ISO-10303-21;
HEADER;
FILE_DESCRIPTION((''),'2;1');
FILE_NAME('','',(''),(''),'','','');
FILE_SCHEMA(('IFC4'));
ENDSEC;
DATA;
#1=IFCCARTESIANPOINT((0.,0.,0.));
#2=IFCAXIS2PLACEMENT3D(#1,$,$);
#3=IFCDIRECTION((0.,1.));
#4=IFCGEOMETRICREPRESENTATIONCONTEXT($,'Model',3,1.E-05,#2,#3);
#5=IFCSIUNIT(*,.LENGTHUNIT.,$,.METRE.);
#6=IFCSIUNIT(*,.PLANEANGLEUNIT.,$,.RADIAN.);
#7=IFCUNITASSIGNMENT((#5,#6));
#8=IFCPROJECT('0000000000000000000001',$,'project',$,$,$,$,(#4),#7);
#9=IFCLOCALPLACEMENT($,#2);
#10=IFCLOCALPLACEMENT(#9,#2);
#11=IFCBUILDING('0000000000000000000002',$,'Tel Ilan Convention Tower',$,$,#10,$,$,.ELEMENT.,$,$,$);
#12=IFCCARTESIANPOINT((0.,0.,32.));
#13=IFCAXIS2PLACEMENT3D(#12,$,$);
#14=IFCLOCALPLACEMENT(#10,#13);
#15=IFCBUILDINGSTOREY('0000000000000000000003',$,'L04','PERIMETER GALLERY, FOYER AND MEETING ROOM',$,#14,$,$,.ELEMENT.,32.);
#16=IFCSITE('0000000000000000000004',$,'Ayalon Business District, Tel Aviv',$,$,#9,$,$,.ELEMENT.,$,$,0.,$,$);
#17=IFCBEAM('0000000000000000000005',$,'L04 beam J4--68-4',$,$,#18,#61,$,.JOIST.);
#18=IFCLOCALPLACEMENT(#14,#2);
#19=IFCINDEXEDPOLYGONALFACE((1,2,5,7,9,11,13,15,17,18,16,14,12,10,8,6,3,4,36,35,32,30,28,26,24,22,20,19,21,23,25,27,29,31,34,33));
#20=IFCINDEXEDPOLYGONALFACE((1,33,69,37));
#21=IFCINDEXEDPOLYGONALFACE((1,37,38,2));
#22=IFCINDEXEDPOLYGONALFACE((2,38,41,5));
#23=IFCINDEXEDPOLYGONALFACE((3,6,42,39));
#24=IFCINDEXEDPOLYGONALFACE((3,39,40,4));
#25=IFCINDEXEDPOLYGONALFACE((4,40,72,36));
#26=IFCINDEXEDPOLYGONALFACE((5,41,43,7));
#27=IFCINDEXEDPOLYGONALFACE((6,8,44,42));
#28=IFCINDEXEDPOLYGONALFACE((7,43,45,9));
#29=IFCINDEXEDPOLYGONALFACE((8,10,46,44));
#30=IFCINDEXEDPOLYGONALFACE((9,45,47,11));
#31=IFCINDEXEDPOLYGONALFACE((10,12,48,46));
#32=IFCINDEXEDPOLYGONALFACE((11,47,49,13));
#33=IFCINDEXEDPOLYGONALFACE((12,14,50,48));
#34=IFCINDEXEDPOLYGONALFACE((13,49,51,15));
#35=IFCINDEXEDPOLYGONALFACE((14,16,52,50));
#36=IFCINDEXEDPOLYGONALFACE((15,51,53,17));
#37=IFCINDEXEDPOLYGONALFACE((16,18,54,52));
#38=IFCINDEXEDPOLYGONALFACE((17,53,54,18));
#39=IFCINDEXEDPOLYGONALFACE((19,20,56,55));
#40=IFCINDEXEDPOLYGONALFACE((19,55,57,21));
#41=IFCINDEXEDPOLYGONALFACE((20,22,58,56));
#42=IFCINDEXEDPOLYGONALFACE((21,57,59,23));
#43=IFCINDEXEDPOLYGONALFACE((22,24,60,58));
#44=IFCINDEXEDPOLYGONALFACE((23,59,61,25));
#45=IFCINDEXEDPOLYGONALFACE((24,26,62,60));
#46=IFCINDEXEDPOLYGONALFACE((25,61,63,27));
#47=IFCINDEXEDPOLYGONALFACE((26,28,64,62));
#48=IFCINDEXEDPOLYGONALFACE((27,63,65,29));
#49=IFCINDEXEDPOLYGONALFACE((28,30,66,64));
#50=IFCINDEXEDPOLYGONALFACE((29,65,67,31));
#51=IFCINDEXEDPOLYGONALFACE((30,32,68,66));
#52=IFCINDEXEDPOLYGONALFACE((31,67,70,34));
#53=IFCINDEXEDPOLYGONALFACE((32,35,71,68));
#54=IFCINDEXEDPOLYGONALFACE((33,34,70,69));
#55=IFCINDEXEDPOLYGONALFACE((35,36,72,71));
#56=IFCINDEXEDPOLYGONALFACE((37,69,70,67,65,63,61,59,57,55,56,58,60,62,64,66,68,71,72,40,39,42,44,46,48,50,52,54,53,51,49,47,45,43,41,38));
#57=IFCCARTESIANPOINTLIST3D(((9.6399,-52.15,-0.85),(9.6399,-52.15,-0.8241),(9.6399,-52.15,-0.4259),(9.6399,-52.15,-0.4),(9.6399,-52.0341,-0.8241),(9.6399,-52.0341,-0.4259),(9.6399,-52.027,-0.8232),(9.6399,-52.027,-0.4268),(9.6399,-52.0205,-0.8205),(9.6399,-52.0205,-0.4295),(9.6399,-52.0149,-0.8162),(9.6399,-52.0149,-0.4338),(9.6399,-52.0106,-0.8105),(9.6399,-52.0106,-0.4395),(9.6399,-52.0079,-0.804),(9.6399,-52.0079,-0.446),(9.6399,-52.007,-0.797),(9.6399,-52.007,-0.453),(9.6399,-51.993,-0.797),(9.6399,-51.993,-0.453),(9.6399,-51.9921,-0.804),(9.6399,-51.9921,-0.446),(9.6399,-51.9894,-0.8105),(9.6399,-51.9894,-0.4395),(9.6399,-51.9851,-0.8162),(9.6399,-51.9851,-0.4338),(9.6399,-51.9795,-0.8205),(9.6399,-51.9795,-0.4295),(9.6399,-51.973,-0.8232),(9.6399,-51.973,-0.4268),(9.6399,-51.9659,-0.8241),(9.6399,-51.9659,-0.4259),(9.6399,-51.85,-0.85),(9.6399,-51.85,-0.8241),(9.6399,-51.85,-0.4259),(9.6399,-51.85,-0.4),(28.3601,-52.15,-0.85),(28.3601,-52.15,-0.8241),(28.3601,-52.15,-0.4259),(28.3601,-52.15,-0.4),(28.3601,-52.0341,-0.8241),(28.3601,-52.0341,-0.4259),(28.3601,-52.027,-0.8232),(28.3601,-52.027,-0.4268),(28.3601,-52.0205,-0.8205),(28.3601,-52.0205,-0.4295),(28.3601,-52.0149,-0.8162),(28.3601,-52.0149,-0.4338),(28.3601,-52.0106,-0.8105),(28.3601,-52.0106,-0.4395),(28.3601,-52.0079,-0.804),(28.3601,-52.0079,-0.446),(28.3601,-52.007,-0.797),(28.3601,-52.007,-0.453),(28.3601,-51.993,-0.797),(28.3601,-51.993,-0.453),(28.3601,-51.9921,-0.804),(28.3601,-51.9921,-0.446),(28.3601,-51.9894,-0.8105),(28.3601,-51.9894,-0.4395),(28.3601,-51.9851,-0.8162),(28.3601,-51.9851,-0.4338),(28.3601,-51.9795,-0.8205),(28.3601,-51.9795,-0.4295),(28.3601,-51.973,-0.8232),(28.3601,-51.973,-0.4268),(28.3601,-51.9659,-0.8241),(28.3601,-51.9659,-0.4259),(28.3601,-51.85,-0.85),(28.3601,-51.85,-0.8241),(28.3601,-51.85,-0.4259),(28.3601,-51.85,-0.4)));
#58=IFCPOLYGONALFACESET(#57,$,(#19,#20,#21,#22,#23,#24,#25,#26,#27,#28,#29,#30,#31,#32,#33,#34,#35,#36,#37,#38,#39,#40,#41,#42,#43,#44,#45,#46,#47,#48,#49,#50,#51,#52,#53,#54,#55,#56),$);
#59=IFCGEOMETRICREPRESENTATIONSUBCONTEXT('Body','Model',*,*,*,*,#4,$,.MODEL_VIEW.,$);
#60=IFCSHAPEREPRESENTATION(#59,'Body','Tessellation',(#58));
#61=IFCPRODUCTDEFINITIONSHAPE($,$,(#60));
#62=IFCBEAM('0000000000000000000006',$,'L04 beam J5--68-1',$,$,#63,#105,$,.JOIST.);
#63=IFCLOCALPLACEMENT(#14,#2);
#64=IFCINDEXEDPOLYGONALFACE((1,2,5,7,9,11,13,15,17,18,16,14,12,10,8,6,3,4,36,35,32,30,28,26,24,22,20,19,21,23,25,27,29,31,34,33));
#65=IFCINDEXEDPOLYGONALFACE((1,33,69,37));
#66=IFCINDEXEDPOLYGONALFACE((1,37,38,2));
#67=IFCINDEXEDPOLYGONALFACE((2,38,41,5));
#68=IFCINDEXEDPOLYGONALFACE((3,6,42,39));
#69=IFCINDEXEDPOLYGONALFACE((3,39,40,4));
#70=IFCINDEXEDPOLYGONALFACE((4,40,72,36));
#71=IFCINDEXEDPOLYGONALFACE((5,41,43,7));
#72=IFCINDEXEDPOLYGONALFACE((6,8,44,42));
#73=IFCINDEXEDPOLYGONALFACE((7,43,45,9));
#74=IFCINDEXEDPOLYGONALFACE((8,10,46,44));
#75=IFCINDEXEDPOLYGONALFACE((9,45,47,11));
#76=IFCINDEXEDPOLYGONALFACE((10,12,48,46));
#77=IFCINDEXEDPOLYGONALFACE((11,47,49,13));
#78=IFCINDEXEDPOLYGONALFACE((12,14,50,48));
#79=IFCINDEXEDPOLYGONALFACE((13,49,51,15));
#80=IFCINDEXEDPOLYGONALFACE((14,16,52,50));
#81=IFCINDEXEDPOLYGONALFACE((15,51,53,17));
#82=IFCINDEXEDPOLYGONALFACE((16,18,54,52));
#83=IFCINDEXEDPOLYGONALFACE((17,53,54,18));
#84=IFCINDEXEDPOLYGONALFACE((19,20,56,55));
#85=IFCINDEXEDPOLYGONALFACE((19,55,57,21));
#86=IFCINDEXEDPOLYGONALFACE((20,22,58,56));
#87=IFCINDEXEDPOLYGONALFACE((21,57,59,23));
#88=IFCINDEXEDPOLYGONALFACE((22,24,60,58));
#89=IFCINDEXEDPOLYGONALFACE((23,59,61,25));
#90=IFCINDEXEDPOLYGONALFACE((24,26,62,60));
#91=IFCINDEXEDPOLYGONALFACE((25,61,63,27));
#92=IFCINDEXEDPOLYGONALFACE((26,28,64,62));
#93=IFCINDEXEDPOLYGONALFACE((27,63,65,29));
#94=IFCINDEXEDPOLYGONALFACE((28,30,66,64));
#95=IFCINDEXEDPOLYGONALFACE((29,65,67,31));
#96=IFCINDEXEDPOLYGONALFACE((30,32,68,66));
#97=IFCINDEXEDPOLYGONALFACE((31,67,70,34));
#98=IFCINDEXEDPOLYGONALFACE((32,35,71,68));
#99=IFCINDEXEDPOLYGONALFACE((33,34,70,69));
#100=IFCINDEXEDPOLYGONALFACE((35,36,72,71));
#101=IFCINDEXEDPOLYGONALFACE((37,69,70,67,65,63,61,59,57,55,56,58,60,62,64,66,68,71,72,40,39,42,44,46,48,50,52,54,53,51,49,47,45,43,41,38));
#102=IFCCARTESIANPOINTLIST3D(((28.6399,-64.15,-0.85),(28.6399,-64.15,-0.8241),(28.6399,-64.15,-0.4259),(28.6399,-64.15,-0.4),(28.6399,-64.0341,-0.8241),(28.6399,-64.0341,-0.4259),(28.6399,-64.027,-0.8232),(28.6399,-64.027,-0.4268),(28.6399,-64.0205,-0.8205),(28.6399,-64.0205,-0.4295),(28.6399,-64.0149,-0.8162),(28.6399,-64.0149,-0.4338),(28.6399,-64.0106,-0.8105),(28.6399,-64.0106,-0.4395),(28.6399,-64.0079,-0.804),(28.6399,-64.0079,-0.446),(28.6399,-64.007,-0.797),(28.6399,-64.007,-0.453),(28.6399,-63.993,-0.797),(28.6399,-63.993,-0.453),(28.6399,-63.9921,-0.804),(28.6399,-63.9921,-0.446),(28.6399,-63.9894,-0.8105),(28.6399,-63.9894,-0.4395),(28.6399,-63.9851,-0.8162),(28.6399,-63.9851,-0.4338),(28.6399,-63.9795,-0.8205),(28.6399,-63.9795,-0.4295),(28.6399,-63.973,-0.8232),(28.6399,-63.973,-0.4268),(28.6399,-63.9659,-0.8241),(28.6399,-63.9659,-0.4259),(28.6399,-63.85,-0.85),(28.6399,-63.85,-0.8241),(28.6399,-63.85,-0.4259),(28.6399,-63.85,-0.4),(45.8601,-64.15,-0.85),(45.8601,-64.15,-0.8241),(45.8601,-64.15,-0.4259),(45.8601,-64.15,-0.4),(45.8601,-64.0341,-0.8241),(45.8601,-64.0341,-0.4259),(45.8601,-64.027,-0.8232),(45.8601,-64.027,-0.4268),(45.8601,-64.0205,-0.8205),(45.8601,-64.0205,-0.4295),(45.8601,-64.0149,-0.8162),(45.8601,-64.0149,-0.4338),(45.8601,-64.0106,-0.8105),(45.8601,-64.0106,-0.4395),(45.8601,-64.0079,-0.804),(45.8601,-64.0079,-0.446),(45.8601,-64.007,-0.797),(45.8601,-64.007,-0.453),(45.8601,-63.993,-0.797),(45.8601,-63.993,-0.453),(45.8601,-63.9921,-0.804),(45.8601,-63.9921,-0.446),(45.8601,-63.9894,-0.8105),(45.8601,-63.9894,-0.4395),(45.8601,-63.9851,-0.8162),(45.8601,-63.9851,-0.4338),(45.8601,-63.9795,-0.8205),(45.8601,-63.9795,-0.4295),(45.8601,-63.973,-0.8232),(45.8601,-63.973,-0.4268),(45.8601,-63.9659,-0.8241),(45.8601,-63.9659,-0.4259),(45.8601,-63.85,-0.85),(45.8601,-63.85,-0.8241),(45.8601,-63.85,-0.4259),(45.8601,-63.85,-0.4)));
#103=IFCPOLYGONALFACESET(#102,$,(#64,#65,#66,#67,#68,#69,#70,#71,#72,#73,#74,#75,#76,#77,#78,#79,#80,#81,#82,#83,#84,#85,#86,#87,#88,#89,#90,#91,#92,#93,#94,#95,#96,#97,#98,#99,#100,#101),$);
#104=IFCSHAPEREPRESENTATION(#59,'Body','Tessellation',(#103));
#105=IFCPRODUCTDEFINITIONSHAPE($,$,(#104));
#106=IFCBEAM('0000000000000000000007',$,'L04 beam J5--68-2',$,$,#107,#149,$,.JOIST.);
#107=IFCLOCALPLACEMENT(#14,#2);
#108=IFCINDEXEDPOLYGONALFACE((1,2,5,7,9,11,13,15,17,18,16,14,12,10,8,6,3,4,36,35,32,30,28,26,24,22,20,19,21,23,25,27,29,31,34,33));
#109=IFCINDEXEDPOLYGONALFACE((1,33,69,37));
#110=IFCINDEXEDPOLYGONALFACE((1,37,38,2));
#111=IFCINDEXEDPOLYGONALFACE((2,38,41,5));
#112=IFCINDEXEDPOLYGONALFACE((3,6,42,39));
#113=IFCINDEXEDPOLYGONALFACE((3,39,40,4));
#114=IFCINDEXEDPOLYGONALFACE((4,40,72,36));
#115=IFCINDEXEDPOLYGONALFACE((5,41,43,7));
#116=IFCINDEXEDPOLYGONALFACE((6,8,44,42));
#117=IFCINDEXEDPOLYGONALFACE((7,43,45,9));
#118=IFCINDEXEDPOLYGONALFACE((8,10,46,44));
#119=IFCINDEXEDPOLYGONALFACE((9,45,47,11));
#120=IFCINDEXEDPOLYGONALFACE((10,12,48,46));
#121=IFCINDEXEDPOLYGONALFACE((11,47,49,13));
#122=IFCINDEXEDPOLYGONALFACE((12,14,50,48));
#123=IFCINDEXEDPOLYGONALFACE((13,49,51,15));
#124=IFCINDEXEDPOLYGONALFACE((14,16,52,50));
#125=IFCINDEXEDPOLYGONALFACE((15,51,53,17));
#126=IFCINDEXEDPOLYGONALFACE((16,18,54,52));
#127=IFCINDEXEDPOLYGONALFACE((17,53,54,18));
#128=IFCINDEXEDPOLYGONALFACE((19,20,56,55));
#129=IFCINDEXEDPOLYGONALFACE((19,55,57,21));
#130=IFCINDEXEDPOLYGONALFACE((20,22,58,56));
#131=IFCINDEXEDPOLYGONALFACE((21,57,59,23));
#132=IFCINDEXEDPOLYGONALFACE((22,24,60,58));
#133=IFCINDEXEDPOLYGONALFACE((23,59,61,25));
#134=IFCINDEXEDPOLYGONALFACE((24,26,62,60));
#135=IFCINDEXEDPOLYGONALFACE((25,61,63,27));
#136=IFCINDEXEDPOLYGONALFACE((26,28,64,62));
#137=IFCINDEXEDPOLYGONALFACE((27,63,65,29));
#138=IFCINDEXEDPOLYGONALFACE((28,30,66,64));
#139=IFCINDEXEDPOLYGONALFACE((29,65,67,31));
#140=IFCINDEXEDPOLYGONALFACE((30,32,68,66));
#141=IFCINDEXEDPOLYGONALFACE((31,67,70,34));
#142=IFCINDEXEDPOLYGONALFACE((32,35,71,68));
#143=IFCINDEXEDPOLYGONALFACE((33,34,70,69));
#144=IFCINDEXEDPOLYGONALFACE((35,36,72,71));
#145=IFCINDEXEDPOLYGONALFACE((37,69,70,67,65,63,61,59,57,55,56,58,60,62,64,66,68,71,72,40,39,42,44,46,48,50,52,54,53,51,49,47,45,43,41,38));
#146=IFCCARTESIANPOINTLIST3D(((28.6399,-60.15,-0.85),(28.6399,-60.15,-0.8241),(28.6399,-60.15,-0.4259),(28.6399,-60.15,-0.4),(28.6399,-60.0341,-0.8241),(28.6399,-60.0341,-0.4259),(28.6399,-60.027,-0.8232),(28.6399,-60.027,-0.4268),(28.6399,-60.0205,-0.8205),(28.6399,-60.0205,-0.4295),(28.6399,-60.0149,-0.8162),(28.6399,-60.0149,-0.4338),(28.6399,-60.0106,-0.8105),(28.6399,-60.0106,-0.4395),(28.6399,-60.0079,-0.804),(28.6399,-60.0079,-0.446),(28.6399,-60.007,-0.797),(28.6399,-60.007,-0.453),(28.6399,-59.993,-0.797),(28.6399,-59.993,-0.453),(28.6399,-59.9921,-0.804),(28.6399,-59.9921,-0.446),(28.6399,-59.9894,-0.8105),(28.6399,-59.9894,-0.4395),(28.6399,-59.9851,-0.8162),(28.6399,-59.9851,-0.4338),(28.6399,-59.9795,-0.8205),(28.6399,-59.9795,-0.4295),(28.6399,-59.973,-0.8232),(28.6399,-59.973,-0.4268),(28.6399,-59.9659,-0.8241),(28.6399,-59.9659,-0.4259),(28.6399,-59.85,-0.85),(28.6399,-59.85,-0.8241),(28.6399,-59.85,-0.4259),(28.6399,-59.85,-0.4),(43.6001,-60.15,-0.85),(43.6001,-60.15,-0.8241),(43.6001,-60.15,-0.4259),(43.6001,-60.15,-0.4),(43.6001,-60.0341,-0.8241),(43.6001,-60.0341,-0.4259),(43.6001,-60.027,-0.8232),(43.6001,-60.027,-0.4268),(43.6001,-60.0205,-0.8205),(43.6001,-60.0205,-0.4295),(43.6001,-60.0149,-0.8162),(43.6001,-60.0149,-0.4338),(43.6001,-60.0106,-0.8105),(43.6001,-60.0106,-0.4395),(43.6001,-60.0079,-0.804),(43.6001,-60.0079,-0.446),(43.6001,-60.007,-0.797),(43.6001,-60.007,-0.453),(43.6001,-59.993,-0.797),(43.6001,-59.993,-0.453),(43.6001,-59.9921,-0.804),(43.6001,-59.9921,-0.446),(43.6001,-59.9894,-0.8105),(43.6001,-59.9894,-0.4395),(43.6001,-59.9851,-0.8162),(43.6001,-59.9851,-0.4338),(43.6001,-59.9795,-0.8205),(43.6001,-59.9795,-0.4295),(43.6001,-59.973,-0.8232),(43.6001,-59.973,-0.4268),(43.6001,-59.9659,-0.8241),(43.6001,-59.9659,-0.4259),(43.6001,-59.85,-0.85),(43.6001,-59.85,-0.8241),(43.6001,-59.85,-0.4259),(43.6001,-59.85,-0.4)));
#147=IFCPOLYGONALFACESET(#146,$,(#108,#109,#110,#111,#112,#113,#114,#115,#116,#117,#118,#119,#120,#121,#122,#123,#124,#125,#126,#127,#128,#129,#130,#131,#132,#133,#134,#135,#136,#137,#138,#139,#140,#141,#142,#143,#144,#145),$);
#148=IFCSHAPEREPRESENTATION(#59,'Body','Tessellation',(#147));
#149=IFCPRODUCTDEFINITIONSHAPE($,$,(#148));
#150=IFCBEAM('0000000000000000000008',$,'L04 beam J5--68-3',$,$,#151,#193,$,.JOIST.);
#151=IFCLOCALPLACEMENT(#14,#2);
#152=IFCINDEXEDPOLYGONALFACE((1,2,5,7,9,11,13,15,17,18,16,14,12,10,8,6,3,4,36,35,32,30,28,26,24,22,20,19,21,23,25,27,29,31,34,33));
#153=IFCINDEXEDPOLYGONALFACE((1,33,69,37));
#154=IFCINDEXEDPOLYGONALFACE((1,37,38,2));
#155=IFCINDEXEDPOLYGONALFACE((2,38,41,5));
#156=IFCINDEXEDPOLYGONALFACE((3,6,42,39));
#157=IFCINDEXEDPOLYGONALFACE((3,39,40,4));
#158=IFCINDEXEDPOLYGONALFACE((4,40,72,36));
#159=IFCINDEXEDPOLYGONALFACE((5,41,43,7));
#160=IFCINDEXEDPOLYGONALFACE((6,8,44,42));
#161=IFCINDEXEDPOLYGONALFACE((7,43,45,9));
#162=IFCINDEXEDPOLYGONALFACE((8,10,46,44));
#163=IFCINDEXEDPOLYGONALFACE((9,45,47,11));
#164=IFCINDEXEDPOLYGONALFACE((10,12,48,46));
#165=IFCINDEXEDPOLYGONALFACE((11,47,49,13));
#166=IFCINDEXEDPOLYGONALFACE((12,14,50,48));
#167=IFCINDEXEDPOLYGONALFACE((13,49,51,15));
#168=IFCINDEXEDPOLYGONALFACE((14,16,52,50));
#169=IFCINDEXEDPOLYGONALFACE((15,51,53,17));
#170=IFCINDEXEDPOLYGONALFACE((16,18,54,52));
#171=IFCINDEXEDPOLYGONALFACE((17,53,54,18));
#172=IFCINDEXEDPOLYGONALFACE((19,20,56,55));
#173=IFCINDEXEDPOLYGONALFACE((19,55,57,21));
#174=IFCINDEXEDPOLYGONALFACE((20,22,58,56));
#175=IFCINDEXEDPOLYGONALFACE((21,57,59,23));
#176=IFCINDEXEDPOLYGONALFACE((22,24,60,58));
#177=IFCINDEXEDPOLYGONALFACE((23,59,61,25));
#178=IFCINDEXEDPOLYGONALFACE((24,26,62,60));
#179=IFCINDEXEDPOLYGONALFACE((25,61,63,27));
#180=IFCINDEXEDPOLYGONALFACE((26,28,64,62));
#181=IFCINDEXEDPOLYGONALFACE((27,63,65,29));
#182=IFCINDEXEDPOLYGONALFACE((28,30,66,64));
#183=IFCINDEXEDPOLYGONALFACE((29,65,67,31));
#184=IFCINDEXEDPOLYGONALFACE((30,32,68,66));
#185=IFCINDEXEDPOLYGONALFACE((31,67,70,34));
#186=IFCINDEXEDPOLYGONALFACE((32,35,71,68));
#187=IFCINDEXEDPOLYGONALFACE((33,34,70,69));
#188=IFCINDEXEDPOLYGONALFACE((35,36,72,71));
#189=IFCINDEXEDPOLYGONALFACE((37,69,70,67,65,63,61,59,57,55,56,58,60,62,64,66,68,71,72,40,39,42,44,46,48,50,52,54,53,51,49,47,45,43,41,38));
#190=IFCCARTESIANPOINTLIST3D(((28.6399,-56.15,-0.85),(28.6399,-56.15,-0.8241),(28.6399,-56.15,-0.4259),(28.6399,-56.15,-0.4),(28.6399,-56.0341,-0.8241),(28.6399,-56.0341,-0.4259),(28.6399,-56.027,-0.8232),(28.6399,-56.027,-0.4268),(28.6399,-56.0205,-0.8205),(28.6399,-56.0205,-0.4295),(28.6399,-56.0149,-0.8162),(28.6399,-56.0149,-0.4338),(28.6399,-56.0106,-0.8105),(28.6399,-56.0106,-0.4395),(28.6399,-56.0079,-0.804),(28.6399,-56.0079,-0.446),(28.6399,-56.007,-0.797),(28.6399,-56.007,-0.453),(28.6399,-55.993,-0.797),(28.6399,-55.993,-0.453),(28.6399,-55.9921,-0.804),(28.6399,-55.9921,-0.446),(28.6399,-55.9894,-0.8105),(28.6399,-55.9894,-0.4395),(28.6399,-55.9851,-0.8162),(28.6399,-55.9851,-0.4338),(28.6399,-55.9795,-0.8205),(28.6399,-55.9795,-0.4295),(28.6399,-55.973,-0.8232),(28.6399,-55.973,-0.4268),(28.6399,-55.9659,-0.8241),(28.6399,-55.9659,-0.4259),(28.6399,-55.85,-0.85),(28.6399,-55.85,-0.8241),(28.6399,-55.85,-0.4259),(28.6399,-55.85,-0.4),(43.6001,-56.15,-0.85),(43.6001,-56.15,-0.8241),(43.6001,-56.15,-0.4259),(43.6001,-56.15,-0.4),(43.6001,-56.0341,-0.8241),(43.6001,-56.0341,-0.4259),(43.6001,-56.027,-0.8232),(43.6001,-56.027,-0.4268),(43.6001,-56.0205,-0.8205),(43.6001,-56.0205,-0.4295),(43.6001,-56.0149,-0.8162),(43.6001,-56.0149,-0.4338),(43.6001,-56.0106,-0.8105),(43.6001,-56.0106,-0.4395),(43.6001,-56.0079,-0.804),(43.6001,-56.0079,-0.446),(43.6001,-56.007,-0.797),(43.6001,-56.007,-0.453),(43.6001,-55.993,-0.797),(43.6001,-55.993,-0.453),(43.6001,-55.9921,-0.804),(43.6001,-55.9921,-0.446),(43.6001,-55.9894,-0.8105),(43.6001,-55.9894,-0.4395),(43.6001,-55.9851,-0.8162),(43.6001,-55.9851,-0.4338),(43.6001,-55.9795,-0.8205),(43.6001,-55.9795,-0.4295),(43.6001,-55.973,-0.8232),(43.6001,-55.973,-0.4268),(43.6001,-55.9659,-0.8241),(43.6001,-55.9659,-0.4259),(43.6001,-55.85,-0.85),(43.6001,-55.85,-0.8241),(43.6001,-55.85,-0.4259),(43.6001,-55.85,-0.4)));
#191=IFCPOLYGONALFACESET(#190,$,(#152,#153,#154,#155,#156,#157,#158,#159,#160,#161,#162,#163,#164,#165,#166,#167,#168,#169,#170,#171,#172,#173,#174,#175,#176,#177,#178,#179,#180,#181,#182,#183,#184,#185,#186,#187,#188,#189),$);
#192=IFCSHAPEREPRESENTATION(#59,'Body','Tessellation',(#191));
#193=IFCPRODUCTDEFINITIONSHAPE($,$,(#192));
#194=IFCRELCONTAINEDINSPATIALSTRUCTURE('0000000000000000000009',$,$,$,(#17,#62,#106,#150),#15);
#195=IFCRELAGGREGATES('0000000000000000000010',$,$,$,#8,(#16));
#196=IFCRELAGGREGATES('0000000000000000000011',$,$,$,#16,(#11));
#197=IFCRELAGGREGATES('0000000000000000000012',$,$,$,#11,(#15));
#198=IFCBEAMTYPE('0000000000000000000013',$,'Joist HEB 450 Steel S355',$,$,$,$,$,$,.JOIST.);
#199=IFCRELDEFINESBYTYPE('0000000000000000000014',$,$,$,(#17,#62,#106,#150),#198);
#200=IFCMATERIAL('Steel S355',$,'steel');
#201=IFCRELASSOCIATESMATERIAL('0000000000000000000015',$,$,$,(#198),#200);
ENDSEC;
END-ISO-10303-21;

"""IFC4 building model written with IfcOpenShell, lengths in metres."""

from ifc_helpers import new_model, si_unit, direction, frame, origin, origin_2d, place, context, subcontext, project, spatial, i_section, extrude, material, material_profile, profile_set, type_object, element, save


model = new_model("IFC4")

# Units and contexts
model_context = context("Model", 3, precision=1e-05, world=origin(), true_north=direction((0.0, 1.0)))
body_context = subcontext(model_context, "Body", "Model", "MODEL_VIEW")
ifc_project = project(units=[si_unit("LENGTHUNIT", "METRE"), si_unit("PLANEANGLEUNIT", "RADIAN")], contexts=[model_context])

# Site, building, storey
site_placement = place(None, origin())
site = spatial("IfcSite", under=ifc_project, at=site_placement, Name="Ayalon Business District, Tel Aviv", CompositionType="ELEMENT", RefElevation=0.0)
building_placement = place(site_placement, origin())
building = spatial("IfcBuilding", under=site, at=building_placement, Name="Tel Ilan Convention Tower", CompositionType="ELEMENT")
storey_placement = place(building_placement, frame((0.0, 0.0, 32.0)))
storey = spatial("IfcBuildingStorey", under=building, at=storey_placement, Name="L04", Description="PERIMETER GALLERY, FOYER AND MEETING ROOM", CompositionType="ELEMENT", Elevation=32.0)

# Beams
ifc_material_1 = material(Name="Steel S355", Category="steel")
ifc_material_profile_1 = material_profile(ifc_material_1, i_section(OverallWidth=0.3, OverallDepth=0.45, WebThickness=0.0139, FlangeThickness=0.0259, FilletRadius=0.0271, at=origin_2d()), Name="HEB 450")
ifc_profile_set_1 = profile_set([ifc_material_profile_1], Name="Steel S355")
beam_type_1 = type_object("IfcBeamType", Name="Joist HEB 450 Steel S355", PredefinedType="JOIST", material=ifc_profile_set_1)
for number, where, z_axis, x_axis, name in (
    (1, (9.6399, -52.0, -0.625), (1.0, 0.0, 0.0), (0.0, 1.0, 0.0), "L04 beam J4--68-4"),
):
    element("IfcBeam", number, at=place(storey_placement, frame(where, z_axis=z_axis, x_axis=x_axis)), inside=storey, type_object=beam_type_1, Name=name, PredefinedType="JOIST", context=body_context, shape_type="SweptSolid", body=[
        extrude(i_section(OverallWidth=0.3, OverallDepth=0.45, WebThickness=0.0139, FlangeThickness=0.0259, FilletRadius=0.0271, at=origin_2d()), origin(), (0.0, 0.0, 1.0), 18.7202),
    ])
beam_1_placement = place(storey_placement, frame((28.6399, -64.0, -0.625), z_axis=(1.0, 0.0, 0.0), x_axis=(0.0, 1.0, 0.0)))
element("IfcBeam", 2, at=beam_1_placement, inside=storey, type_object=beam_type_1, Name="L04 beam J5--68-1", PredefinedType="JOIST", context=body_context, shape_type="SweptSolid", body=[
    extrude(i_section(OverallWidth=0.3, OverallDepth=0.45, WebThickness=0.0139, FlangeThickness=0.0259, FilletRadius=0.0271, at=origin_2d()), origin(), (0.0, 0.0, 1.0), 17.2202),
])
for number, where, z_axis, x_axis, name in (
    (3, (28.6399, -60.0, -0.625), (1.0, 0.0, 0.0), (0.0, 1.0, 0.0), "L04 beam J5--68-2"),
    (4, (28.6399, -56.0, -0.625), (1.0, 0.0, 0.0), (0.0, 1.0, 0.0), "L04 beam J5--68-3"),
):
    element("IfcBeam", number, at=place(storey_placement, frame(where, z_axis=z_axis, x_axis=x_axis)), inside=storey, type_object=beam_type_1, Name=name, PredefinedType="JOIST", context=body_context, shape_type="SweptSolid", body=[
        extrude(i_section(OverallWidth=0.3, OverallDepth=0.45, WebThickness=0.0139, FlangeThickness=0.0259, FilletRadius=0.0271, at=origin_2d()), origin(), (0.0, 0.0, 1.0), 14.9602),
    ])

save(model, "model.ifc")
